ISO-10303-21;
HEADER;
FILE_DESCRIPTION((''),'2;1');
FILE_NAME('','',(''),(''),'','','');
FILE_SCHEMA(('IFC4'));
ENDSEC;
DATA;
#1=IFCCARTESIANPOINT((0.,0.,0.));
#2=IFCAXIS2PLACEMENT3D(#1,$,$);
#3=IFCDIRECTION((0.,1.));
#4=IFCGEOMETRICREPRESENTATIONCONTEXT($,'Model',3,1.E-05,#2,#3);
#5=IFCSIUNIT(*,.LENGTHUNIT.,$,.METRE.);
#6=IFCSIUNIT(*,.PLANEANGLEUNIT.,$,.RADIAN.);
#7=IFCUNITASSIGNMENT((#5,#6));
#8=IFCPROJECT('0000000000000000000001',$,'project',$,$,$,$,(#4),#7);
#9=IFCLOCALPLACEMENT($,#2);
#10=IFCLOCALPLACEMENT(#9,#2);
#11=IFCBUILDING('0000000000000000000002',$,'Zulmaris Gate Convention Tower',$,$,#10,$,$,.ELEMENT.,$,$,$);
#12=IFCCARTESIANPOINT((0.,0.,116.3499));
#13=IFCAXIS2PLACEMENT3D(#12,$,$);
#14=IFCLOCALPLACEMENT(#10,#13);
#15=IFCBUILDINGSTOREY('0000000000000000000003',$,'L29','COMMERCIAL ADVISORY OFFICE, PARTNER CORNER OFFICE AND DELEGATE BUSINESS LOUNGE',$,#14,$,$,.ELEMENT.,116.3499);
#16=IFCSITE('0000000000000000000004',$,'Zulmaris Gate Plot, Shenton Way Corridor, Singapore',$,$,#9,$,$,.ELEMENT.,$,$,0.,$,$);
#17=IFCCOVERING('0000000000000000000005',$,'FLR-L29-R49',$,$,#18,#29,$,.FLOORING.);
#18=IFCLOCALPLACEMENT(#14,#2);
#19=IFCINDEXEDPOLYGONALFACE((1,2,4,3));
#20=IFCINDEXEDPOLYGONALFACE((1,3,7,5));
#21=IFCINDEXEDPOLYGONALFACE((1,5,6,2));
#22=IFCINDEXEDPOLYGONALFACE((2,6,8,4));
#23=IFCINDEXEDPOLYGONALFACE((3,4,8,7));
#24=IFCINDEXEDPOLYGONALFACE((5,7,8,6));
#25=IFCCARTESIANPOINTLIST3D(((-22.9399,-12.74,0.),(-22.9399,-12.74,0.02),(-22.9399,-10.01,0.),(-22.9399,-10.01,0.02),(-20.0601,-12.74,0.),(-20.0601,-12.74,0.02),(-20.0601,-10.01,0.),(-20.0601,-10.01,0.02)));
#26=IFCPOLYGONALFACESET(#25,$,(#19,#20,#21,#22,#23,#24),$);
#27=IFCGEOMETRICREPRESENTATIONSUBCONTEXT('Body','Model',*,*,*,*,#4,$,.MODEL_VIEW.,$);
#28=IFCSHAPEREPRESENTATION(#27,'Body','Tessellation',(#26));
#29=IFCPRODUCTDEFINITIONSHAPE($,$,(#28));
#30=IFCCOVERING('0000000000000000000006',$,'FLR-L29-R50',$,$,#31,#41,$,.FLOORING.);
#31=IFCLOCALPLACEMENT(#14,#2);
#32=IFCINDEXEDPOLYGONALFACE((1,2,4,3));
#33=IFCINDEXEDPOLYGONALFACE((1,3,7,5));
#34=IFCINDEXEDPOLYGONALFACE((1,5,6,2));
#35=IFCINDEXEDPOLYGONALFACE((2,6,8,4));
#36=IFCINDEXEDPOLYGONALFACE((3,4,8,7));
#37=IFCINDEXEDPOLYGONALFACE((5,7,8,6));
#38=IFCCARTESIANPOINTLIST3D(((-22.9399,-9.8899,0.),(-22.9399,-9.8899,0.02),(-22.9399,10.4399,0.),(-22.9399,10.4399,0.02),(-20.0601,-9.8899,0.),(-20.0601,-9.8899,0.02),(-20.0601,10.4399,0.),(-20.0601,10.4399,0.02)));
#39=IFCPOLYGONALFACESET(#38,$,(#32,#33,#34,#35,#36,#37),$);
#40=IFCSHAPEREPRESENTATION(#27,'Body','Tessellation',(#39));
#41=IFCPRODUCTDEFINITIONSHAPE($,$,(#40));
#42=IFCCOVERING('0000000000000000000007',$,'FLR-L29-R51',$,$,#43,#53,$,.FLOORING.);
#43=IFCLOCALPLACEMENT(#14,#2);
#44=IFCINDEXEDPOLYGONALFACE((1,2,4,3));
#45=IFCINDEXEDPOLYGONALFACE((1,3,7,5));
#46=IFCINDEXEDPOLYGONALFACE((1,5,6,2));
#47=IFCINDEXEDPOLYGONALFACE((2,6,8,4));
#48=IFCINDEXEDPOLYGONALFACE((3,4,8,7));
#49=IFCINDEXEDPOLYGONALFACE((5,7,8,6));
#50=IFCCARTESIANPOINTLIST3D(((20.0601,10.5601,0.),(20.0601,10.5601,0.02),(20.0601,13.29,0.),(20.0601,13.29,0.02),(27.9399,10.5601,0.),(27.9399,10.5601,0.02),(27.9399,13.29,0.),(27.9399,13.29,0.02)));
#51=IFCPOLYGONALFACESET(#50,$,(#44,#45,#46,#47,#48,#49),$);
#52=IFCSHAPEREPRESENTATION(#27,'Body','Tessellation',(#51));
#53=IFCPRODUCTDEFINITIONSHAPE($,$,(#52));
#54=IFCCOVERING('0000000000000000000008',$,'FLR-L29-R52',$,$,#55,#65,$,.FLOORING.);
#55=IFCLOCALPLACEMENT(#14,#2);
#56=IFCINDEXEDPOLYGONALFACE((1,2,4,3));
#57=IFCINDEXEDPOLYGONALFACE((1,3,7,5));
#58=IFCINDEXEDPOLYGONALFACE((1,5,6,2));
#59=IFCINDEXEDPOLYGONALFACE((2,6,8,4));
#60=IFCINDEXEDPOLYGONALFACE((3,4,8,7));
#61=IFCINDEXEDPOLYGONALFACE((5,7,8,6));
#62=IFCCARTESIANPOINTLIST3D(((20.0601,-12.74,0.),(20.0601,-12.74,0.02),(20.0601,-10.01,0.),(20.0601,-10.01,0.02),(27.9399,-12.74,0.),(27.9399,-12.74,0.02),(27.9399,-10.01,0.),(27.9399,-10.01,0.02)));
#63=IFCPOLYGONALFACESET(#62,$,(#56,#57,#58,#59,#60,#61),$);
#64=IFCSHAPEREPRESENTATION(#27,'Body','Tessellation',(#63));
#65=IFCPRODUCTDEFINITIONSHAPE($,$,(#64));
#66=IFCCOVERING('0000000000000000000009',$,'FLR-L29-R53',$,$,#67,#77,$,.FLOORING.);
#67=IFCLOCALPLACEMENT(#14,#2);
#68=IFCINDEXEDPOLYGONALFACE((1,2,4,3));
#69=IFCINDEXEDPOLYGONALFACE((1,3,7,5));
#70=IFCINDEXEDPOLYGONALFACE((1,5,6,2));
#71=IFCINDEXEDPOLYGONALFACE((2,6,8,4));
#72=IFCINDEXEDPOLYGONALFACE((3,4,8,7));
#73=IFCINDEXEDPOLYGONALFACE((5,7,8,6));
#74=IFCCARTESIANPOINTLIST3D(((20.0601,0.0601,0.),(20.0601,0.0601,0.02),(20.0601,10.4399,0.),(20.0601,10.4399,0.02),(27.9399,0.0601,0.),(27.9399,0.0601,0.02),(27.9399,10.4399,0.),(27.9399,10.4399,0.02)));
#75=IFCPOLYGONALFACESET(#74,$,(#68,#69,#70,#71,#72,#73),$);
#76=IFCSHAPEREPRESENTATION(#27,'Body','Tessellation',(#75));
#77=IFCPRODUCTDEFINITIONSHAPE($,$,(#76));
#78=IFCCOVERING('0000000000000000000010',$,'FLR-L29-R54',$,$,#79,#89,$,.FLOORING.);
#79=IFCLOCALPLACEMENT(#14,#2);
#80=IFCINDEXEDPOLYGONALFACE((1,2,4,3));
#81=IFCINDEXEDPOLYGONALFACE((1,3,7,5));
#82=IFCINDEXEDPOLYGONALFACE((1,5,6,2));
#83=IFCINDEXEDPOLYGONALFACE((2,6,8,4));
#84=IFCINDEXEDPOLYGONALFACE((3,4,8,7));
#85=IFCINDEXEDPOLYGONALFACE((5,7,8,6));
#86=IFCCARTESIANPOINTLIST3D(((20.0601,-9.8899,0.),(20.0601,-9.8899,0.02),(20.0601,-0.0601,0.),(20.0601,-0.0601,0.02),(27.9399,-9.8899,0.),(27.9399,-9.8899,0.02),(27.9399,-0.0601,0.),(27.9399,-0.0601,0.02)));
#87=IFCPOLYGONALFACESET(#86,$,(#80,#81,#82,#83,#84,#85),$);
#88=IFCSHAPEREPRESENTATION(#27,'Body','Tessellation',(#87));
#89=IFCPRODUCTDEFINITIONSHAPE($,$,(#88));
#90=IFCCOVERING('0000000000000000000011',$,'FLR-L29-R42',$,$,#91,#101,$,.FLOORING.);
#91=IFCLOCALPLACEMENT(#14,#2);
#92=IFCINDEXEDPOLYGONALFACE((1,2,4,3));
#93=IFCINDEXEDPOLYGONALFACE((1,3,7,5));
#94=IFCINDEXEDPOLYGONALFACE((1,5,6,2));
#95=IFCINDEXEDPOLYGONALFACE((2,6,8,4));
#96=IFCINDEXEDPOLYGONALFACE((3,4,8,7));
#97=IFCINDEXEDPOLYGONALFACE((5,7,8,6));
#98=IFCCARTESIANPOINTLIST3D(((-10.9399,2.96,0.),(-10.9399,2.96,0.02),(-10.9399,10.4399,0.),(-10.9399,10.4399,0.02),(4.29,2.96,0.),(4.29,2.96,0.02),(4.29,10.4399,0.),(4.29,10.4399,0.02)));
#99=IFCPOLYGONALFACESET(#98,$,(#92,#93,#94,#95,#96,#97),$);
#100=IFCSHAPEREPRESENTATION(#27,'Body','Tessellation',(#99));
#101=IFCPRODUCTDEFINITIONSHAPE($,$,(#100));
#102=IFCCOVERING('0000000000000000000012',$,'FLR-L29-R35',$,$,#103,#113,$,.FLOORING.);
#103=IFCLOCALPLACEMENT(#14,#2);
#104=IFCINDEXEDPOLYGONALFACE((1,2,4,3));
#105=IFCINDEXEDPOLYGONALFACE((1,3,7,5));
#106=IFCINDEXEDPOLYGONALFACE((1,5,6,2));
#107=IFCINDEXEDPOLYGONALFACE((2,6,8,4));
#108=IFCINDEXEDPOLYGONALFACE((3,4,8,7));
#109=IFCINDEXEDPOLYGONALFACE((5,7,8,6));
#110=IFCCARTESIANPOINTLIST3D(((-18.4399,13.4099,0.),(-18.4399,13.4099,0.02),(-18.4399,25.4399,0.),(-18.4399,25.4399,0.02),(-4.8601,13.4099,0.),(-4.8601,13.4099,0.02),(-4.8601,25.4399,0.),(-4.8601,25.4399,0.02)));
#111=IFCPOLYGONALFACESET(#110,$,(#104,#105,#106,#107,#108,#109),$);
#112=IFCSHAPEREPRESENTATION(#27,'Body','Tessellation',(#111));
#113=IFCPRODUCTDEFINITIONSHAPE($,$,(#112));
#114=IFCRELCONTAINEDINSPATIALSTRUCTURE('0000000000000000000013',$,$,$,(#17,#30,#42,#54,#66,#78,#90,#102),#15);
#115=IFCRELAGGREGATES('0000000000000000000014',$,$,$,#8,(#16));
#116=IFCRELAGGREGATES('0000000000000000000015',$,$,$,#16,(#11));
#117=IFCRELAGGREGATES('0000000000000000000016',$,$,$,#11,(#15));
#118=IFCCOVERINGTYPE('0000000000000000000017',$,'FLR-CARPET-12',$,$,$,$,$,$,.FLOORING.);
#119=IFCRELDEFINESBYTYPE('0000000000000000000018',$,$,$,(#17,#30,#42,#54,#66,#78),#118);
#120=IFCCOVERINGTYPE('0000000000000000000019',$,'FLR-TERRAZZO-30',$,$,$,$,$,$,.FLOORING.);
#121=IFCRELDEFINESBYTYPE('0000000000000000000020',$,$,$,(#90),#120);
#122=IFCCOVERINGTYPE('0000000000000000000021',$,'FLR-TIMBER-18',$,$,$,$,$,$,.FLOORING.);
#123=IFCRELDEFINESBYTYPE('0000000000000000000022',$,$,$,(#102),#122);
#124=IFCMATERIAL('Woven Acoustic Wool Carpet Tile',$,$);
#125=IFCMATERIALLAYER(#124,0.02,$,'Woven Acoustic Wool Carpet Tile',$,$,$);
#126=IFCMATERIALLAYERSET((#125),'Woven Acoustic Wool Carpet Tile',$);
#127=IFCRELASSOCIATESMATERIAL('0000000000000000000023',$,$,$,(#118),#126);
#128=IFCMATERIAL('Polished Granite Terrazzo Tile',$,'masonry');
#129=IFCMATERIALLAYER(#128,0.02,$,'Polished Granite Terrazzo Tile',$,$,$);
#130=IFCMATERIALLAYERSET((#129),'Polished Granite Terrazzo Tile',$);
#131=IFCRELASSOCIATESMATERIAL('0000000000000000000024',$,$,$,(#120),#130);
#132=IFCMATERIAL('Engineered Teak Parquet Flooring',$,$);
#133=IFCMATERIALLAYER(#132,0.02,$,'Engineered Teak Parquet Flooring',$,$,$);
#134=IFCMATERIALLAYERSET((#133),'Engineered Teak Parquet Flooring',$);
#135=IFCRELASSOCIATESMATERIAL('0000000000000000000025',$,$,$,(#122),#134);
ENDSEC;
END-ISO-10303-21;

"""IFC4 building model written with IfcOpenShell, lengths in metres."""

from ifc_helpers import new_model, si_unit, direction, frame, origin, place, context, subcontext, project, spatial, polyline, outline, extrude, material, layer, layer_set, type_object, element, save


model = new_model("IFC4")

# Units and contexts
model_context = context("Model", 3, precision=1e-05, world=origin(), true_north=direction((0.0, 1.0)))
body_context = subcontext(model_context, "Body", "Model", "MODEL_VIEW")
ifc_project = project(units=[si_unit("LENGTHUNIT", "METRE"), si_unit("PLANEANGLEUNIT", "RADIAN")], contexts=[model_context])

# Site, building, storey
site_placement = place(None, origin())
site = spatial("IfcSite", under=ifc_project, at=site_placement, Name="Zulmaris Gate Plot, Shenton Way Corridor, Singapore", CompositionType="ELEMENT", RefElevation=0.0)
building_placement = place(site_placement, origin())
building = spatial("IfcBuilding", under=site, at=building_placement, Name="Zulmaris Gate Convention Tower", CompositionType="ELEMENT")
storey_placement = place(building_placement, frame((0.0, 0.0, 116.3499)))
storey = spatial("IfcBuildingStorey", under=building, at=storey_placement, Name="L29", Description="COMMERCIAL ADVISORY OFFICE, PARTNER CORNER OFFICE AND DELEGATE BUSINESS LOUNGE", CompositionType="ELEMENT", Elevation=116.3499)

# Coverings
ifc_material_1 = material(Name="Woven Acoustic Wool Carpet Tile")
ifc_layer_1 = layer(ifc_material_1, 0.02, Name="Woven Acoustic Wool Carpet Tile")
ifc_layer_set_1 = layer_set([ifc_layer_1], Name="Woven Acoustic Wool Carpet Tile")
covering_type_1 = type_object("IfcCoveringType", Name="FLR-CARPET-12", PredefinedType="FLOORING", material=ifc_layer_set_1)
covering_1_placement = place(storey_placement, origin())
element("IfcCovering", 1, at=covering_1_placement, inside=storey, type_object=covering_type_1, Name="FLR-L29-R49", PredefinedType="FLOORING", context=body_context, shape_type="SweptSolid", body=[
    extrude(outline(polyline([(-22.9399, -12.74), (-20.0601, -12.74), (-20.0601, -10.01), (-22.9399, -10.01), (-22.9399, -12.74)])), origin(), (0.0, 0.0, 1.0), 0.02),
])
covering_2_placement = place(storey_placement, origin())
element("IfcCovering", 2, at=covering_2_placement, inside=storey, type_object=covering_type_1, Name="FLR-L29-R50", PredefinedType="FLOORING", context=body_context, shape_type="SweptSolid", body=[
    extrude(outline(polyline([(-22.9399, -9.8899), (-20.0601, -9.8899), (-20.0601, 10.4399), (-22.9399, 10.4399), (-22.9399, -9.8899)])), origin(), (0.0, 0.0, 1.0), 0.02),
])
covering_3_placement = place(storey_placement, origin())
element("IfcCovering", 3, at=covering_3_placement, inside=storey, type_object=covering_type_1, Name="FLR-L29-R51", PredefinedType="FLOORING", context=body_context, shape_type="SweptSolid", body=[
    extrude(outline(polyline([(20.0601, 10.5601), (27.9399, 10.5601), (27.9399, 13.29), (20.0601, 13.29), (20.0601, 10.5601)])), origin(), (0.0, 0.0, 1.0), 0.02),
])
covering_4_placement = place(storey_placement, origin())
element("IfcCovering", 4, at=covering_4_placement, inside=storey, type_object=covering_type_1, Name="FLR-L29-R52", PredefinedType="FLOORING", context=body_context, shape_type="SweptSolid", body=[
    extrude(outline(polyline([(20.0601, -12.74), (27.9399, -12.74), (27.9399, -10.01), (20.0601, -10.01), (20.0601, -12.74)])), origin(), (0.0, 0.0, 1.0), 0.02),
])
covering_5_placement = place(storey_placement, origin())
element("IfcCovering", 5, at=covering_5_placement, inside=storey, type_object=covering_type_1, Name="FLR-L29-R53", PredefinedType="FLOORING", context=body_context, shape_type="SweptSolid", body=[
    extrude(outline(polyline([(20.0601, 0.0601), (27.9399, 0.0601), (27.9399, 10.4399), (20.0601, 10.4399), (20.0601, 0.0601)])), origin(), (0.0, 0.0, 1.0), 0.02),
])
covering_6_placement = place(storey_placement, origin())
element("IfcCovering", 6, at=covering_6_placement, inside=storey, type_object=covering_type_1, Name="FLR-L29-R54", PredefinedType="FLOORING", context=body_context, shape_type="SweptSolid", body=[
    extrude(outline(polyline([(20.0601, -9.8899), (27.9399, -9.8899), (27.9399, -0.0601), (20.0601, -0.0601), (20.0601, -9.8899)])), origin(), (0.0, 0.0, 1.0), 0.02),
])
ifc_material_2 = material(Name="Polished Granite Terrazzo Tile", Category="masonry")
ifc_layer_2 = layer(ifc_material_2, 0.02, Name="Polished Granite Terrazzo Tile")
ifc_layer_set_2 = layer_set([ifc_layer_2], Name="Polished Granite Terrazzo Tile")
covering_type_2 = type_object("IfcCoveringType", Name="FLR-TERRAZZO-30", PredefinedType="FLOORING", material=ifc_layer_set_2)
covering_7_placement = place(storey_placement, origin())
element("IfcCovering", 7, at=covering_7_placement, inside=storey, type_object=covering_type_2, Name="FLR-L29-R42", PredefinedType="FLOORING", context=body_context, shape_type="SweptSolid", body=[
    extrude(outline(polyline([(-10.9399, 2.96), (4.29, 2.96), (4.29, 10.4399), (-10.9399, 10.4399), (-10.9399, 2.96)])), origin(), (0.0, 0.0, 1.0), 0.02),
])
ifc_material_3 = material(Name="Engineered Teak Parquet Flooring")
ifc_layer_3 = layer(ifc_material_3, 0.02, Name="Engineered Teak Parquet Flooring")
ifc_layer_set_3 = layer_set([ifc_layer_3], Name="Engineered Teak Parquet Flooring")
covering_type_3 = type_object("IfcCoveringType", Name="FLR-TIMBER-18", PredefinedType="FLOORING", material=ifc_layer_set_3)
covering_8_placement = place(storey_placement, origin())
element("IfcCovering", 8, at=covering_8_placement, inside=storey, type_object=covering_type_3, Name="FLR-L29-R35", PredefinedType="FLOORING", context=body_context, shape_type="SweptSolid", body=[
    extrude(outline(polyline([(-18.4399, 13.4099), (-4.8601, 13.4099), (-4.8601, 25.4399), (-18.4399, 25.4399), (-18.4399, 13.4099)])), origin(), (0.0, 0.0, 1.0), 0.02),
])

save(model, "model.ifc")
